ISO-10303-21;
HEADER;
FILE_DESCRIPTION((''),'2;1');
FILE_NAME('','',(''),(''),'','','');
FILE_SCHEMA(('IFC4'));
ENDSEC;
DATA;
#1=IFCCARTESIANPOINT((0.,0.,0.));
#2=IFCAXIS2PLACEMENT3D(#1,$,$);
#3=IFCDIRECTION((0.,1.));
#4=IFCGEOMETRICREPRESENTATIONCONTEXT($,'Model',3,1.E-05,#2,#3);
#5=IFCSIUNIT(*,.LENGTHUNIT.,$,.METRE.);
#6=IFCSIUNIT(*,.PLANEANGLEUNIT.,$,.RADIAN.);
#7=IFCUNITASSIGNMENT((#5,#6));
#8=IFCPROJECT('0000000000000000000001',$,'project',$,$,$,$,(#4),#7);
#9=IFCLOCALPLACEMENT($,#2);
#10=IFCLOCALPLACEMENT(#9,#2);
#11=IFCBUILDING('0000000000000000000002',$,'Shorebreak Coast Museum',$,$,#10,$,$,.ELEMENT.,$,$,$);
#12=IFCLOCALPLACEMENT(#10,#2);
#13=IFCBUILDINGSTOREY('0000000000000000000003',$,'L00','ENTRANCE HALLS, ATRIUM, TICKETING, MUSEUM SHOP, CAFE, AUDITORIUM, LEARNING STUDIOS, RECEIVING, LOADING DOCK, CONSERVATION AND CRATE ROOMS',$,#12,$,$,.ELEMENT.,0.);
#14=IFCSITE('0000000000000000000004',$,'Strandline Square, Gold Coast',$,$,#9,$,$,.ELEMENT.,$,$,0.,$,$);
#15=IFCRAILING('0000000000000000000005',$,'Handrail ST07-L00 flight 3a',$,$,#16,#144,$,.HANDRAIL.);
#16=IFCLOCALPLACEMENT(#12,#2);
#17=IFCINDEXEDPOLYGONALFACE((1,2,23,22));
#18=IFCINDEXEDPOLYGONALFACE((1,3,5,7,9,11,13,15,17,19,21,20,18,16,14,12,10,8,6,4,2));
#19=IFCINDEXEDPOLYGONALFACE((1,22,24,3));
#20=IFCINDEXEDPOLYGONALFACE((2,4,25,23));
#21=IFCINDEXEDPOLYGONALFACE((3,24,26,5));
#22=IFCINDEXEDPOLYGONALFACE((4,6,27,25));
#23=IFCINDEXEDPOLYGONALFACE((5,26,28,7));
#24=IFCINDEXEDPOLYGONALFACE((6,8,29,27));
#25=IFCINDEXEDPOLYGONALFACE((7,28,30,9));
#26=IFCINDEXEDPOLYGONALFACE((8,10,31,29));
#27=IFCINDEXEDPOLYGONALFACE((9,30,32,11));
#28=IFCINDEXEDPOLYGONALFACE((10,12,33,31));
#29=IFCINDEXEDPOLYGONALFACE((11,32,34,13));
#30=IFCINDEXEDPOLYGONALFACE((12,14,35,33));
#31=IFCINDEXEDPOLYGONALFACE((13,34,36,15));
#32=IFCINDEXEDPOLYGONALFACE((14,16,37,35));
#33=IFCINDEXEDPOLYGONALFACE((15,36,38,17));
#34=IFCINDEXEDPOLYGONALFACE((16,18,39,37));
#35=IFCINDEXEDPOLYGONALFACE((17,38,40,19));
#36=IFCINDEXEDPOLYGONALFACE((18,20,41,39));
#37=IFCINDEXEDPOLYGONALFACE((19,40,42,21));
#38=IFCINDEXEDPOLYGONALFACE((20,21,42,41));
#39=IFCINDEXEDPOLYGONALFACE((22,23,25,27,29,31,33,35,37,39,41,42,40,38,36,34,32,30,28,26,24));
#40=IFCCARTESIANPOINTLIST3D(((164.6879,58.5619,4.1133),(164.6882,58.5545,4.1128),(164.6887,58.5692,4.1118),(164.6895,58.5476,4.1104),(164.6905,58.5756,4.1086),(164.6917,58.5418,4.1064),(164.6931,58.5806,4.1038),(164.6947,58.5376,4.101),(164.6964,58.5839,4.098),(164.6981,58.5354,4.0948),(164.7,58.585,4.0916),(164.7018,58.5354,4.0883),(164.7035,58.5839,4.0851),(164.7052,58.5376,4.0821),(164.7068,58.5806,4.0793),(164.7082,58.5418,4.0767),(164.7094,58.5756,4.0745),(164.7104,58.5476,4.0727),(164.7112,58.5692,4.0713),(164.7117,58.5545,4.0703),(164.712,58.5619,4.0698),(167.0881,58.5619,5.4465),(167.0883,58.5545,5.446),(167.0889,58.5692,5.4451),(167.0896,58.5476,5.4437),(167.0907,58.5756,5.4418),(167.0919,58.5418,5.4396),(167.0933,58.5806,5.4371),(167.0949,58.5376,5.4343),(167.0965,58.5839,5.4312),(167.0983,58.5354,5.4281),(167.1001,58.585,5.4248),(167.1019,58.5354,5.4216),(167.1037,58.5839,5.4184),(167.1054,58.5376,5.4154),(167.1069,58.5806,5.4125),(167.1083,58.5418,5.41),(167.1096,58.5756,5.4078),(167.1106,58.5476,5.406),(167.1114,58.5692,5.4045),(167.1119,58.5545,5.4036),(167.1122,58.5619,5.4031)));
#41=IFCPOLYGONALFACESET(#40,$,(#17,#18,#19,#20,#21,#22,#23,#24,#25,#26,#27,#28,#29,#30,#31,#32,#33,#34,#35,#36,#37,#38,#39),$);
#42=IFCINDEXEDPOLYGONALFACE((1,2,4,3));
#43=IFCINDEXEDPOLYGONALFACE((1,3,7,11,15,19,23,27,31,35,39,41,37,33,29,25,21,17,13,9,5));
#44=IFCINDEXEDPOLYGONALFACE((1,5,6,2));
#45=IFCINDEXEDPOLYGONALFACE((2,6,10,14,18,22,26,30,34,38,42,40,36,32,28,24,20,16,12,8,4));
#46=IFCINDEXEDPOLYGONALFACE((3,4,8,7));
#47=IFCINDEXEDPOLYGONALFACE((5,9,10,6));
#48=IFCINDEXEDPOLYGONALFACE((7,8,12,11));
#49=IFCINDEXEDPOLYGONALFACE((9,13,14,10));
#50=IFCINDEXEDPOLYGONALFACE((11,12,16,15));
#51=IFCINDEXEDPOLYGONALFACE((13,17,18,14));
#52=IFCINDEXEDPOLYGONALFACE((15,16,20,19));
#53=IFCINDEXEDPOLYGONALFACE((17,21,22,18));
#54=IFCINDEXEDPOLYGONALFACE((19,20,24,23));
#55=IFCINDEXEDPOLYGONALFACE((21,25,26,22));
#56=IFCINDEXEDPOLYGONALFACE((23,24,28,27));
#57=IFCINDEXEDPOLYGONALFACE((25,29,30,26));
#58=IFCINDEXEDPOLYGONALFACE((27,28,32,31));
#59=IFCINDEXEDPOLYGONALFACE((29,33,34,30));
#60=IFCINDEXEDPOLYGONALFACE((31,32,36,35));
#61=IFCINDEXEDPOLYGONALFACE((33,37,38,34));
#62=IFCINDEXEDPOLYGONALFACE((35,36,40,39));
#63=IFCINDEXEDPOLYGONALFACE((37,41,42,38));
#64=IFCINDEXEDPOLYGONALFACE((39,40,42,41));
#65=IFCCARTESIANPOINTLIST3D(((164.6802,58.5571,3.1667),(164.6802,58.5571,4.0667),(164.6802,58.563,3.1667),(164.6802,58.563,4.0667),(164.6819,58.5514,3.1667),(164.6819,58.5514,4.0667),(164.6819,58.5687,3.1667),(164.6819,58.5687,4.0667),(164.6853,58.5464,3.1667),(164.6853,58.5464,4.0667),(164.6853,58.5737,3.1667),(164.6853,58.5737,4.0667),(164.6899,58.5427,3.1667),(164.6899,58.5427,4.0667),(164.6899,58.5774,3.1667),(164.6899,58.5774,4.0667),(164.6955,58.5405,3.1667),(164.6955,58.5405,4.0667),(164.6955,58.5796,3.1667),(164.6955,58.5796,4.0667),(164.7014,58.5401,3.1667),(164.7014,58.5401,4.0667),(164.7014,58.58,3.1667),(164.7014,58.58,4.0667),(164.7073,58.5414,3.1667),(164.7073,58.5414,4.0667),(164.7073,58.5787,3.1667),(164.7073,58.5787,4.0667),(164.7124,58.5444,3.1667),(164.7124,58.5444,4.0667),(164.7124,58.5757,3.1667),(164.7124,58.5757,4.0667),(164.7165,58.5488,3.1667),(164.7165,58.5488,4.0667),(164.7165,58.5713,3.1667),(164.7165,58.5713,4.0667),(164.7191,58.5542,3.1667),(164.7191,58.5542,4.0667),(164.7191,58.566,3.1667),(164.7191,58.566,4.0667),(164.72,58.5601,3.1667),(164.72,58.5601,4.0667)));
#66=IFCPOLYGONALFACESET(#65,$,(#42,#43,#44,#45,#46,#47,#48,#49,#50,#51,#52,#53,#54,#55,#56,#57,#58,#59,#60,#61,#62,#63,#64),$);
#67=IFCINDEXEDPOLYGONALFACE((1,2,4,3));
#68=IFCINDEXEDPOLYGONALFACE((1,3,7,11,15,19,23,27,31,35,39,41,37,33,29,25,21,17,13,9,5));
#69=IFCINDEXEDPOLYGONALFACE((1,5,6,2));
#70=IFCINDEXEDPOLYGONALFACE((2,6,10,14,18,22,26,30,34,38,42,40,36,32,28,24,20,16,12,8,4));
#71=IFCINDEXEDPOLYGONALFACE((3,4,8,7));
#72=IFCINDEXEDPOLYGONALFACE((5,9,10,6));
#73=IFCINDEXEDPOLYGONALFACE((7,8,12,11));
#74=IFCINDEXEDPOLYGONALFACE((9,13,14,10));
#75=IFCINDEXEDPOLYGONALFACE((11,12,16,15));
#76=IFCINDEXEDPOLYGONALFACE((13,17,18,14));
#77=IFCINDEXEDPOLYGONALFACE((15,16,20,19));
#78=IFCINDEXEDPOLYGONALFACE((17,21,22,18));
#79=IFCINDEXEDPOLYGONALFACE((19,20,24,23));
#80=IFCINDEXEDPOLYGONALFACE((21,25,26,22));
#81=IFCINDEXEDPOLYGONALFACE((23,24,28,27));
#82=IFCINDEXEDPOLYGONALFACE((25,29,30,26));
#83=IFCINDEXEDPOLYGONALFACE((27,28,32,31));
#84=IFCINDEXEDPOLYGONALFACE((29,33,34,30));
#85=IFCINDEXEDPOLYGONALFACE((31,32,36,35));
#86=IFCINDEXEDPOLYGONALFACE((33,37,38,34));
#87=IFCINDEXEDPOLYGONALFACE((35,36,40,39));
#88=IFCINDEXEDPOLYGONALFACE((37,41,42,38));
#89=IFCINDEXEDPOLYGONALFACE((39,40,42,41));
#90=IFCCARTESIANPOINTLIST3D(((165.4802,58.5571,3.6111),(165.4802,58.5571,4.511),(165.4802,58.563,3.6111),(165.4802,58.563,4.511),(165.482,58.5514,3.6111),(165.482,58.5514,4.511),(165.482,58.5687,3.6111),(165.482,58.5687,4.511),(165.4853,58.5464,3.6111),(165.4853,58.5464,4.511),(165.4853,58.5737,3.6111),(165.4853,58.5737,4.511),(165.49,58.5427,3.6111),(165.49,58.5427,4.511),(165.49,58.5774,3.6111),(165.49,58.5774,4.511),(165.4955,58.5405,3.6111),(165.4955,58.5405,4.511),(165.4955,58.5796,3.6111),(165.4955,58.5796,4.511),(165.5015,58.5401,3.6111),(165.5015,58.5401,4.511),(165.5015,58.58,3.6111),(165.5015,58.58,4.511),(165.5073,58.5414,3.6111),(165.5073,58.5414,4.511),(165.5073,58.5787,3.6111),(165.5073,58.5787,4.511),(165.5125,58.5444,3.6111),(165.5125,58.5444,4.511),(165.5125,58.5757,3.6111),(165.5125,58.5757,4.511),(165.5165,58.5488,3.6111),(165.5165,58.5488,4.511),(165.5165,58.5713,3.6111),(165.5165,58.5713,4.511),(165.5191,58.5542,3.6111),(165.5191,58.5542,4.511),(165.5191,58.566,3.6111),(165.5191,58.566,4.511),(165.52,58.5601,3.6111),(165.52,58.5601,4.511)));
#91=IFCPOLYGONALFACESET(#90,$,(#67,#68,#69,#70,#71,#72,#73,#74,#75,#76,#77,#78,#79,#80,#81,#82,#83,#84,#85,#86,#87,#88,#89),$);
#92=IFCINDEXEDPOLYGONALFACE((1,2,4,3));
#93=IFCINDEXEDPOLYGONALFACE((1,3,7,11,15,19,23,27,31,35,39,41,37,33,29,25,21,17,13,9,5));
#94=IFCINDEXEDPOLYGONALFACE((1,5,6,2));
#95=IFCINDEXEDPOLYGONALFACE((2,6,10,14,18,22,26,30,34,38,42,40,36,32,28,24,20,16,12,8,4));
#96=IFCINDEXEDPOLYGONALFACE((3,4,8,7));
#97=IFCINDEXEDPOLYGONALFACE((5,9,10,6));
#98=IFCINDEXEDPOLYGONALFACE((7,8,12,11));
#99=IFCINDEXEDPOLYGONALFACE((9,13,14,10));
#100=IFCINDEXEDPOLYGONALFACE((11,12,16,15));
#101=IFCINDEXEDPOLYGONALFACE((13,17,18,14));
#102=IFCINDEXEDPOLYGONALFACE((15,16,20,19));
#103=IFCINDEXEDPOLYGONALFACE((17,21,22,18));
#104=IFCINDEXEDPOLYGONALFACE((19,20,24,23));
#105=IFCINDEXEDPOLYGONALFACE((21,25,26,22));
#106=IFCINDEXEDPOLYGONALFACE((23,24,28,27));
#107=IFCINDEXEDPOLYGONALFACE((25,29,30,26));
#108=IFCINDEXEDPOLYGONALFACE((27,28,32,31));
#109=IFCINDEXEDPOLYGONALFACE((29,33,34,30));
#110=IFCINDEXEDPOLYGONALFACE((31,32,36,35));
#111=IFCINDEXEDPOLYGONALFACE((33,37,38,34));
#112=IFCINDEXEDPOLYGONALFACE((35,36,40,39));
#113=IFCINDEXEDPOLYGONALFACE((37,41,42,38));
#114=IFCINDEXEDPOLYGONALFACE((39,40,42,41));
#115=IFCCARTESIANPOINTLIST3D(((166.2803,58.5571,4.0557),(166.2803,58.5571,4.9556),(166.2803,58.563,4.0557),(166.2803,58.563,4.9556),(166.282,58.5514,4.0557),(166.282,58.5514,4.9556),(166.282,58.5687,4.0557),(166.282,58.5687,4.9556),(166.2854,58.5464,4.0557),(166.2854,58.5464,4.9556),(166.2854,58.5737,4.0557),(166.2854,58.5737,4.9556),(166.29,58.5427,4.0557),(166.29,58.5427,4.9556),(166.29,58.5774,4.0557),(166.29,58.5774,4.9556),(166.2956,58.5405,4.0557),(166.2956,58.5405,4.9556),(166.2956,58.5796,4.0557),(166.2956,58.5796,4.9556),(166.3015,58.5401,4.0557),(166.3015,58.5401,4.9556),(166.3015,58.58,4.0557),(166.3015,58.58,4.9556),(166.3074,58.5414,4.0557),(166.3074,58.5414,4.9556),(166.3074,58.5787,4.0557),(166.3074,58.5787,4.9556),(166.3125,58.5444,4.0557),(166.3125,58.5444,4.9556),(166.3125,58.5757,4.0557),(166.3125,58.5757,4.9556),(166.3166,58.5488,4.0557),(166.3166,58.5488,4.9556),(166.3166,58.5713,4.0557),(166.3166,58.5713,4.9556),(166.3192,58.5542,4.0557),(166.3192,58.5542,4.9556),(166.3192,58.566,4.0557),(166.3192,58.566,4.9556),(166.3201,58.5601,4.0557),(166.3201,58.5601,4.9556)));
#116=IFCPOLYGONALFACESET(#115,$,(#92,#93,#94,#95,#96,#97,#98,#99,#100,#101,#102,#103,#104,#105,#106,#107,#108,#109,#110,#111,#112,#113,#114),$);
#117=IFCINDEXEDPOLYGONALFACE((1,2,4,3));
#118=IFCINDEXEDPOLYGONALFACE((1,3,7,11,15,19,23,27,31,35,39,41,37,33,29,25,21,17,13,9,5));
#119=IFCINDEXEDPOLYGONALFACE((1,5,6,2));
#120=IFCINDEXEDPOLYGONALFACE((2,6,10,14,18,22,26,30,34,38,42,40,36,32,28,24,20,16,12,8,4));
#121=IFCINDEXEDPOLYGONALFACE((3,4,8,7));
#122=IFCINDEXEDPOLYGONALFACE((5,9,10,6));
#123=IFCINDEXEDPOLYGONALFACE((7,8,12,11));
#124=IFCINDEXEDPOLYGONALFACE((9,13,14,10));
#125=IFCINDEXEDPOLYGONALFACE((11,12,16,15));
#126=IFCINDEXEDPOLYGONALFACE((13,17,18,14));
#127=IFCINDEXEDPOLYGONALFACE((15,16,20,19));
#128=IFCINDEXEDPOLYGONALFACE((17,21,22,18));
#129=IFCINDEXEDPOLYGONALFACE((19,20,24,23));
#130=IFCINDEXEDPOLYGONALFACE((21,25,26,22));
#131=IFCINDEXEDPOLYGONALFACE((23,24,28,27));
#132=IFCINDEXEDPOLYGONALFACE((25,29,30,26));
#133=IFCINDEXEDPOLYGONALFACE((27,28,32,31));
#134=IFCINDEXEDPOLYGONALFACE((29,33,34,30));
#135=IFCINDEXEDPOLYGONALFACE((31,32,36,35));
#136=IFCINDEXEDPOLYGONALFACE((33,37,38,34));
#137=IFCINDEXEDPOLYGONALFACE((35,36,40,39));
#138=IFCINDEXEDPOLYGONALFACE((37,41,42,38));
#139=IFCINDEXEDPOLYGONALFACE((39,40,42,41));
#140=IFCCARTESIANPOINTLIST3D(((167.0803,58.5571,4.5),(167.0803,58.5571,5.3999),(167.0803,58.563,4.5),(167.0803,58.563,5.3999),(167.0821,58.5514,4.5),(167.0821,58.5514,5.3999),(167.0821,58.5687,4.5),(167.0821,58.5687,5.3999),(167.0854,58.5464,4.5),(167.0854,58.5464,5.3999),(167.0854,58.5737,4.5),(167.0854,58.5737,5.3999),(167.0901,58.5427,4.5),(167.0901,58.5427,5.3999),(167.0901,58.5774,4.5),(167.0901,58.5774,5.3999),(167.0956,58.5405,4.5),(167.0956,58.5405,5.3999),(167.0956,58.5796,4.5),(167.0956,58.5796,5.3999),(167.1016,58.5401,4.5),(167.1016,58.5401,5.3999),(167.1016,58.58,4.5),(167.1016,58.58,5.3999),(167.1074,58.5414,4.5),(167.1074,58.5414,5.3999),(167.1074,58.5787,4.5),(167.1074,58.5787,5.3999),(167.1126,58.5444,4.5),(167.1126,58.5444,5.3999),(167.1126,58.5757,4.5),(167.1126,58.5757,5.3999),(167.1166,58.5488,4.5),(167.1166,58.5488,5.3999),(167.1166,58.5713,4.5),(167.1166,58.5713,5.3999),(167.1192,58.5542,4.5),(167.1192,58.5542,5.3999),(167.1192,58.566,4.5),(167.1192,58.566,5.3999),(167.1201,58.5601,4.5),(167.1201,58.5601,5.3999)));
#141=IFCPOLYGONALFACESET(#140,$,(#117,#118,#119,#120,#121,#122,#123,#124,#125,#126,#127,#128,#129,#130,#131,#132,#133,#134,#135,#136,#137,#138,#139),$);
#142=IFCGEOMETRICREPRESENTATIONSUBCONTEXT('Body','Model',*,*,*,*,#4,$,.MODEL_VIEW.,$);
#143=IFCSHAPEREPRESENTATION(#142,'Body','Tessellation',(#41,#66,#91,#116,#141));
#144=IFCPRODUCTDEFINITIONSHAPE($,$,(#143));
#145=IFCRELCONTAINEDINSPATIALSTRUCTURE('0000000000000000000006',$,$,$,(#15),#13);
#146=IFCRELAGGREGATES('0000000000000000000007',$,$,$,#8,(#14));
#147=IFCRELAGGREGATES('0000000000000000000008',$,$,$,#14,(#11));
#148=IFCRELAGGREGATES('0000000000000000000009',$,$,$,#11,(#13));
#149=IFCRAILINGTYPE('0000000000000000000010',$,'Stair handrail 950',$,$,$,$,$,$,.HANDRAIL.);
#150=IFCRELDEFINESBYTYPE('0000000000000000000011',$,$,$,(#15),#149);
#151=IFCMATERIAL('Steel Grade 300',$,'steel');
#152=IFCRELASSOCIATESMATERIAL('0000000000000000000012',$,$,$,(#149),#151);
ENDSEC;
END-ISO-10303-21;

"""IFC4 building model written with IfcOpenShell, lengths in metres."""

from ifc_helpers import new_model, si_unit, direction, frame, origin, origin_2d, place, context, subcontext, project, spatial, circle, extrude, material, type_object, element, save


model = new_model("IFC4")

# Units and contexts
model_context = context("Model", 3, precision=1e-05, world=origin(), true_north=direction((0.0, 1.0)))
body_context = subcontext(model_context, "Body", "Model", "MODEL_VIEW")
ifc_project = project(units=[si_unit("LENGTHUNIT", "METRE"), si_unit("PLANEANGLEUNIT", "RADIAN")], contexts=[model_context])

# Site, building, storey
site_placement = place(None, origin())
site = spatial("IfcSite", under=ifc_project, at=site_placement, Name="Strandline Square, Gold Coast", CompositionType="ELEMENT", RefElevation=0.0)
building_placement = place(site_placement, origin())
building = spatial("IfcBuilding", under=site, at=building_placement, Name="Shorebreak Coast Museum", CompositionType="ELEMENT")
storey_placement = place(building_placement, origin())
storey = spatial("IfcBuildingStorey", under=building, at=storey_placement, Name="L00", Description="ENTRANCE HALLS, ATRIUM, TICKETING, MUSEUM SHOP, CAFE, AUDITORIUM, LEARNING STUDIOS, RECEIVING, LOADING DOCK, CONSERVATION AND CRATE ROOMS", CompositionType="ELEMENT", Elevation=0.0)

# Railing
ifc_material_1 = material(Name="Steel Grade 300", Category="steel")
railing_type_1 = type_object("IfcRailingType", Name="Stair handrail 950", PredefinedType="HANDRAIL", material=ifc_material_1)
for number, where, name in (
    (1, (164.7, 58.5601, 3.1667), "Handrail ST07-L00 flight 3a"),
):
    element("IfcRailing", number, at=place(storey_placement, frame(where)), inside=storey, type_object=railing_type_1, Name=name, PredefinedType="HANDRAIL", context=body_context, shape_type="SweptSolid", body=[
        extrude(circle(Radius=0.0249, at=origin_2d()), frame((0.0, 0.0, 0.9248), z_axis=(0.874182, 0.0, 0.485598), x_axis=(0.0, 1.0, 0.0)), (0.0, 0.0, 1.0), 2.7456),
        extrude(circle(Radius=0.02, at=origin_2d()), origin(), (0.0, 0.0, 1.0), 0.8999),
        extrude(circle(Radius=0.02, at=origin_2d()), frame((0.8, 0.0, 0.4443)), (0.0, 0.0, 1.0), 0.8999),
        extrude(circle(Radius=0.02, at=origin_2d()), frame((1.6001, 0.0, 0.8889)), (0.0, 0.0, 1.0), 0.8999),
        extrude(circle(Radius=0.02, at=origin_2d()), frame((2.4001, 0.0, 1.3333)), (0.0, 0.0, 1.0), 0.8999),
    ])

save(model, "model.ifc")
